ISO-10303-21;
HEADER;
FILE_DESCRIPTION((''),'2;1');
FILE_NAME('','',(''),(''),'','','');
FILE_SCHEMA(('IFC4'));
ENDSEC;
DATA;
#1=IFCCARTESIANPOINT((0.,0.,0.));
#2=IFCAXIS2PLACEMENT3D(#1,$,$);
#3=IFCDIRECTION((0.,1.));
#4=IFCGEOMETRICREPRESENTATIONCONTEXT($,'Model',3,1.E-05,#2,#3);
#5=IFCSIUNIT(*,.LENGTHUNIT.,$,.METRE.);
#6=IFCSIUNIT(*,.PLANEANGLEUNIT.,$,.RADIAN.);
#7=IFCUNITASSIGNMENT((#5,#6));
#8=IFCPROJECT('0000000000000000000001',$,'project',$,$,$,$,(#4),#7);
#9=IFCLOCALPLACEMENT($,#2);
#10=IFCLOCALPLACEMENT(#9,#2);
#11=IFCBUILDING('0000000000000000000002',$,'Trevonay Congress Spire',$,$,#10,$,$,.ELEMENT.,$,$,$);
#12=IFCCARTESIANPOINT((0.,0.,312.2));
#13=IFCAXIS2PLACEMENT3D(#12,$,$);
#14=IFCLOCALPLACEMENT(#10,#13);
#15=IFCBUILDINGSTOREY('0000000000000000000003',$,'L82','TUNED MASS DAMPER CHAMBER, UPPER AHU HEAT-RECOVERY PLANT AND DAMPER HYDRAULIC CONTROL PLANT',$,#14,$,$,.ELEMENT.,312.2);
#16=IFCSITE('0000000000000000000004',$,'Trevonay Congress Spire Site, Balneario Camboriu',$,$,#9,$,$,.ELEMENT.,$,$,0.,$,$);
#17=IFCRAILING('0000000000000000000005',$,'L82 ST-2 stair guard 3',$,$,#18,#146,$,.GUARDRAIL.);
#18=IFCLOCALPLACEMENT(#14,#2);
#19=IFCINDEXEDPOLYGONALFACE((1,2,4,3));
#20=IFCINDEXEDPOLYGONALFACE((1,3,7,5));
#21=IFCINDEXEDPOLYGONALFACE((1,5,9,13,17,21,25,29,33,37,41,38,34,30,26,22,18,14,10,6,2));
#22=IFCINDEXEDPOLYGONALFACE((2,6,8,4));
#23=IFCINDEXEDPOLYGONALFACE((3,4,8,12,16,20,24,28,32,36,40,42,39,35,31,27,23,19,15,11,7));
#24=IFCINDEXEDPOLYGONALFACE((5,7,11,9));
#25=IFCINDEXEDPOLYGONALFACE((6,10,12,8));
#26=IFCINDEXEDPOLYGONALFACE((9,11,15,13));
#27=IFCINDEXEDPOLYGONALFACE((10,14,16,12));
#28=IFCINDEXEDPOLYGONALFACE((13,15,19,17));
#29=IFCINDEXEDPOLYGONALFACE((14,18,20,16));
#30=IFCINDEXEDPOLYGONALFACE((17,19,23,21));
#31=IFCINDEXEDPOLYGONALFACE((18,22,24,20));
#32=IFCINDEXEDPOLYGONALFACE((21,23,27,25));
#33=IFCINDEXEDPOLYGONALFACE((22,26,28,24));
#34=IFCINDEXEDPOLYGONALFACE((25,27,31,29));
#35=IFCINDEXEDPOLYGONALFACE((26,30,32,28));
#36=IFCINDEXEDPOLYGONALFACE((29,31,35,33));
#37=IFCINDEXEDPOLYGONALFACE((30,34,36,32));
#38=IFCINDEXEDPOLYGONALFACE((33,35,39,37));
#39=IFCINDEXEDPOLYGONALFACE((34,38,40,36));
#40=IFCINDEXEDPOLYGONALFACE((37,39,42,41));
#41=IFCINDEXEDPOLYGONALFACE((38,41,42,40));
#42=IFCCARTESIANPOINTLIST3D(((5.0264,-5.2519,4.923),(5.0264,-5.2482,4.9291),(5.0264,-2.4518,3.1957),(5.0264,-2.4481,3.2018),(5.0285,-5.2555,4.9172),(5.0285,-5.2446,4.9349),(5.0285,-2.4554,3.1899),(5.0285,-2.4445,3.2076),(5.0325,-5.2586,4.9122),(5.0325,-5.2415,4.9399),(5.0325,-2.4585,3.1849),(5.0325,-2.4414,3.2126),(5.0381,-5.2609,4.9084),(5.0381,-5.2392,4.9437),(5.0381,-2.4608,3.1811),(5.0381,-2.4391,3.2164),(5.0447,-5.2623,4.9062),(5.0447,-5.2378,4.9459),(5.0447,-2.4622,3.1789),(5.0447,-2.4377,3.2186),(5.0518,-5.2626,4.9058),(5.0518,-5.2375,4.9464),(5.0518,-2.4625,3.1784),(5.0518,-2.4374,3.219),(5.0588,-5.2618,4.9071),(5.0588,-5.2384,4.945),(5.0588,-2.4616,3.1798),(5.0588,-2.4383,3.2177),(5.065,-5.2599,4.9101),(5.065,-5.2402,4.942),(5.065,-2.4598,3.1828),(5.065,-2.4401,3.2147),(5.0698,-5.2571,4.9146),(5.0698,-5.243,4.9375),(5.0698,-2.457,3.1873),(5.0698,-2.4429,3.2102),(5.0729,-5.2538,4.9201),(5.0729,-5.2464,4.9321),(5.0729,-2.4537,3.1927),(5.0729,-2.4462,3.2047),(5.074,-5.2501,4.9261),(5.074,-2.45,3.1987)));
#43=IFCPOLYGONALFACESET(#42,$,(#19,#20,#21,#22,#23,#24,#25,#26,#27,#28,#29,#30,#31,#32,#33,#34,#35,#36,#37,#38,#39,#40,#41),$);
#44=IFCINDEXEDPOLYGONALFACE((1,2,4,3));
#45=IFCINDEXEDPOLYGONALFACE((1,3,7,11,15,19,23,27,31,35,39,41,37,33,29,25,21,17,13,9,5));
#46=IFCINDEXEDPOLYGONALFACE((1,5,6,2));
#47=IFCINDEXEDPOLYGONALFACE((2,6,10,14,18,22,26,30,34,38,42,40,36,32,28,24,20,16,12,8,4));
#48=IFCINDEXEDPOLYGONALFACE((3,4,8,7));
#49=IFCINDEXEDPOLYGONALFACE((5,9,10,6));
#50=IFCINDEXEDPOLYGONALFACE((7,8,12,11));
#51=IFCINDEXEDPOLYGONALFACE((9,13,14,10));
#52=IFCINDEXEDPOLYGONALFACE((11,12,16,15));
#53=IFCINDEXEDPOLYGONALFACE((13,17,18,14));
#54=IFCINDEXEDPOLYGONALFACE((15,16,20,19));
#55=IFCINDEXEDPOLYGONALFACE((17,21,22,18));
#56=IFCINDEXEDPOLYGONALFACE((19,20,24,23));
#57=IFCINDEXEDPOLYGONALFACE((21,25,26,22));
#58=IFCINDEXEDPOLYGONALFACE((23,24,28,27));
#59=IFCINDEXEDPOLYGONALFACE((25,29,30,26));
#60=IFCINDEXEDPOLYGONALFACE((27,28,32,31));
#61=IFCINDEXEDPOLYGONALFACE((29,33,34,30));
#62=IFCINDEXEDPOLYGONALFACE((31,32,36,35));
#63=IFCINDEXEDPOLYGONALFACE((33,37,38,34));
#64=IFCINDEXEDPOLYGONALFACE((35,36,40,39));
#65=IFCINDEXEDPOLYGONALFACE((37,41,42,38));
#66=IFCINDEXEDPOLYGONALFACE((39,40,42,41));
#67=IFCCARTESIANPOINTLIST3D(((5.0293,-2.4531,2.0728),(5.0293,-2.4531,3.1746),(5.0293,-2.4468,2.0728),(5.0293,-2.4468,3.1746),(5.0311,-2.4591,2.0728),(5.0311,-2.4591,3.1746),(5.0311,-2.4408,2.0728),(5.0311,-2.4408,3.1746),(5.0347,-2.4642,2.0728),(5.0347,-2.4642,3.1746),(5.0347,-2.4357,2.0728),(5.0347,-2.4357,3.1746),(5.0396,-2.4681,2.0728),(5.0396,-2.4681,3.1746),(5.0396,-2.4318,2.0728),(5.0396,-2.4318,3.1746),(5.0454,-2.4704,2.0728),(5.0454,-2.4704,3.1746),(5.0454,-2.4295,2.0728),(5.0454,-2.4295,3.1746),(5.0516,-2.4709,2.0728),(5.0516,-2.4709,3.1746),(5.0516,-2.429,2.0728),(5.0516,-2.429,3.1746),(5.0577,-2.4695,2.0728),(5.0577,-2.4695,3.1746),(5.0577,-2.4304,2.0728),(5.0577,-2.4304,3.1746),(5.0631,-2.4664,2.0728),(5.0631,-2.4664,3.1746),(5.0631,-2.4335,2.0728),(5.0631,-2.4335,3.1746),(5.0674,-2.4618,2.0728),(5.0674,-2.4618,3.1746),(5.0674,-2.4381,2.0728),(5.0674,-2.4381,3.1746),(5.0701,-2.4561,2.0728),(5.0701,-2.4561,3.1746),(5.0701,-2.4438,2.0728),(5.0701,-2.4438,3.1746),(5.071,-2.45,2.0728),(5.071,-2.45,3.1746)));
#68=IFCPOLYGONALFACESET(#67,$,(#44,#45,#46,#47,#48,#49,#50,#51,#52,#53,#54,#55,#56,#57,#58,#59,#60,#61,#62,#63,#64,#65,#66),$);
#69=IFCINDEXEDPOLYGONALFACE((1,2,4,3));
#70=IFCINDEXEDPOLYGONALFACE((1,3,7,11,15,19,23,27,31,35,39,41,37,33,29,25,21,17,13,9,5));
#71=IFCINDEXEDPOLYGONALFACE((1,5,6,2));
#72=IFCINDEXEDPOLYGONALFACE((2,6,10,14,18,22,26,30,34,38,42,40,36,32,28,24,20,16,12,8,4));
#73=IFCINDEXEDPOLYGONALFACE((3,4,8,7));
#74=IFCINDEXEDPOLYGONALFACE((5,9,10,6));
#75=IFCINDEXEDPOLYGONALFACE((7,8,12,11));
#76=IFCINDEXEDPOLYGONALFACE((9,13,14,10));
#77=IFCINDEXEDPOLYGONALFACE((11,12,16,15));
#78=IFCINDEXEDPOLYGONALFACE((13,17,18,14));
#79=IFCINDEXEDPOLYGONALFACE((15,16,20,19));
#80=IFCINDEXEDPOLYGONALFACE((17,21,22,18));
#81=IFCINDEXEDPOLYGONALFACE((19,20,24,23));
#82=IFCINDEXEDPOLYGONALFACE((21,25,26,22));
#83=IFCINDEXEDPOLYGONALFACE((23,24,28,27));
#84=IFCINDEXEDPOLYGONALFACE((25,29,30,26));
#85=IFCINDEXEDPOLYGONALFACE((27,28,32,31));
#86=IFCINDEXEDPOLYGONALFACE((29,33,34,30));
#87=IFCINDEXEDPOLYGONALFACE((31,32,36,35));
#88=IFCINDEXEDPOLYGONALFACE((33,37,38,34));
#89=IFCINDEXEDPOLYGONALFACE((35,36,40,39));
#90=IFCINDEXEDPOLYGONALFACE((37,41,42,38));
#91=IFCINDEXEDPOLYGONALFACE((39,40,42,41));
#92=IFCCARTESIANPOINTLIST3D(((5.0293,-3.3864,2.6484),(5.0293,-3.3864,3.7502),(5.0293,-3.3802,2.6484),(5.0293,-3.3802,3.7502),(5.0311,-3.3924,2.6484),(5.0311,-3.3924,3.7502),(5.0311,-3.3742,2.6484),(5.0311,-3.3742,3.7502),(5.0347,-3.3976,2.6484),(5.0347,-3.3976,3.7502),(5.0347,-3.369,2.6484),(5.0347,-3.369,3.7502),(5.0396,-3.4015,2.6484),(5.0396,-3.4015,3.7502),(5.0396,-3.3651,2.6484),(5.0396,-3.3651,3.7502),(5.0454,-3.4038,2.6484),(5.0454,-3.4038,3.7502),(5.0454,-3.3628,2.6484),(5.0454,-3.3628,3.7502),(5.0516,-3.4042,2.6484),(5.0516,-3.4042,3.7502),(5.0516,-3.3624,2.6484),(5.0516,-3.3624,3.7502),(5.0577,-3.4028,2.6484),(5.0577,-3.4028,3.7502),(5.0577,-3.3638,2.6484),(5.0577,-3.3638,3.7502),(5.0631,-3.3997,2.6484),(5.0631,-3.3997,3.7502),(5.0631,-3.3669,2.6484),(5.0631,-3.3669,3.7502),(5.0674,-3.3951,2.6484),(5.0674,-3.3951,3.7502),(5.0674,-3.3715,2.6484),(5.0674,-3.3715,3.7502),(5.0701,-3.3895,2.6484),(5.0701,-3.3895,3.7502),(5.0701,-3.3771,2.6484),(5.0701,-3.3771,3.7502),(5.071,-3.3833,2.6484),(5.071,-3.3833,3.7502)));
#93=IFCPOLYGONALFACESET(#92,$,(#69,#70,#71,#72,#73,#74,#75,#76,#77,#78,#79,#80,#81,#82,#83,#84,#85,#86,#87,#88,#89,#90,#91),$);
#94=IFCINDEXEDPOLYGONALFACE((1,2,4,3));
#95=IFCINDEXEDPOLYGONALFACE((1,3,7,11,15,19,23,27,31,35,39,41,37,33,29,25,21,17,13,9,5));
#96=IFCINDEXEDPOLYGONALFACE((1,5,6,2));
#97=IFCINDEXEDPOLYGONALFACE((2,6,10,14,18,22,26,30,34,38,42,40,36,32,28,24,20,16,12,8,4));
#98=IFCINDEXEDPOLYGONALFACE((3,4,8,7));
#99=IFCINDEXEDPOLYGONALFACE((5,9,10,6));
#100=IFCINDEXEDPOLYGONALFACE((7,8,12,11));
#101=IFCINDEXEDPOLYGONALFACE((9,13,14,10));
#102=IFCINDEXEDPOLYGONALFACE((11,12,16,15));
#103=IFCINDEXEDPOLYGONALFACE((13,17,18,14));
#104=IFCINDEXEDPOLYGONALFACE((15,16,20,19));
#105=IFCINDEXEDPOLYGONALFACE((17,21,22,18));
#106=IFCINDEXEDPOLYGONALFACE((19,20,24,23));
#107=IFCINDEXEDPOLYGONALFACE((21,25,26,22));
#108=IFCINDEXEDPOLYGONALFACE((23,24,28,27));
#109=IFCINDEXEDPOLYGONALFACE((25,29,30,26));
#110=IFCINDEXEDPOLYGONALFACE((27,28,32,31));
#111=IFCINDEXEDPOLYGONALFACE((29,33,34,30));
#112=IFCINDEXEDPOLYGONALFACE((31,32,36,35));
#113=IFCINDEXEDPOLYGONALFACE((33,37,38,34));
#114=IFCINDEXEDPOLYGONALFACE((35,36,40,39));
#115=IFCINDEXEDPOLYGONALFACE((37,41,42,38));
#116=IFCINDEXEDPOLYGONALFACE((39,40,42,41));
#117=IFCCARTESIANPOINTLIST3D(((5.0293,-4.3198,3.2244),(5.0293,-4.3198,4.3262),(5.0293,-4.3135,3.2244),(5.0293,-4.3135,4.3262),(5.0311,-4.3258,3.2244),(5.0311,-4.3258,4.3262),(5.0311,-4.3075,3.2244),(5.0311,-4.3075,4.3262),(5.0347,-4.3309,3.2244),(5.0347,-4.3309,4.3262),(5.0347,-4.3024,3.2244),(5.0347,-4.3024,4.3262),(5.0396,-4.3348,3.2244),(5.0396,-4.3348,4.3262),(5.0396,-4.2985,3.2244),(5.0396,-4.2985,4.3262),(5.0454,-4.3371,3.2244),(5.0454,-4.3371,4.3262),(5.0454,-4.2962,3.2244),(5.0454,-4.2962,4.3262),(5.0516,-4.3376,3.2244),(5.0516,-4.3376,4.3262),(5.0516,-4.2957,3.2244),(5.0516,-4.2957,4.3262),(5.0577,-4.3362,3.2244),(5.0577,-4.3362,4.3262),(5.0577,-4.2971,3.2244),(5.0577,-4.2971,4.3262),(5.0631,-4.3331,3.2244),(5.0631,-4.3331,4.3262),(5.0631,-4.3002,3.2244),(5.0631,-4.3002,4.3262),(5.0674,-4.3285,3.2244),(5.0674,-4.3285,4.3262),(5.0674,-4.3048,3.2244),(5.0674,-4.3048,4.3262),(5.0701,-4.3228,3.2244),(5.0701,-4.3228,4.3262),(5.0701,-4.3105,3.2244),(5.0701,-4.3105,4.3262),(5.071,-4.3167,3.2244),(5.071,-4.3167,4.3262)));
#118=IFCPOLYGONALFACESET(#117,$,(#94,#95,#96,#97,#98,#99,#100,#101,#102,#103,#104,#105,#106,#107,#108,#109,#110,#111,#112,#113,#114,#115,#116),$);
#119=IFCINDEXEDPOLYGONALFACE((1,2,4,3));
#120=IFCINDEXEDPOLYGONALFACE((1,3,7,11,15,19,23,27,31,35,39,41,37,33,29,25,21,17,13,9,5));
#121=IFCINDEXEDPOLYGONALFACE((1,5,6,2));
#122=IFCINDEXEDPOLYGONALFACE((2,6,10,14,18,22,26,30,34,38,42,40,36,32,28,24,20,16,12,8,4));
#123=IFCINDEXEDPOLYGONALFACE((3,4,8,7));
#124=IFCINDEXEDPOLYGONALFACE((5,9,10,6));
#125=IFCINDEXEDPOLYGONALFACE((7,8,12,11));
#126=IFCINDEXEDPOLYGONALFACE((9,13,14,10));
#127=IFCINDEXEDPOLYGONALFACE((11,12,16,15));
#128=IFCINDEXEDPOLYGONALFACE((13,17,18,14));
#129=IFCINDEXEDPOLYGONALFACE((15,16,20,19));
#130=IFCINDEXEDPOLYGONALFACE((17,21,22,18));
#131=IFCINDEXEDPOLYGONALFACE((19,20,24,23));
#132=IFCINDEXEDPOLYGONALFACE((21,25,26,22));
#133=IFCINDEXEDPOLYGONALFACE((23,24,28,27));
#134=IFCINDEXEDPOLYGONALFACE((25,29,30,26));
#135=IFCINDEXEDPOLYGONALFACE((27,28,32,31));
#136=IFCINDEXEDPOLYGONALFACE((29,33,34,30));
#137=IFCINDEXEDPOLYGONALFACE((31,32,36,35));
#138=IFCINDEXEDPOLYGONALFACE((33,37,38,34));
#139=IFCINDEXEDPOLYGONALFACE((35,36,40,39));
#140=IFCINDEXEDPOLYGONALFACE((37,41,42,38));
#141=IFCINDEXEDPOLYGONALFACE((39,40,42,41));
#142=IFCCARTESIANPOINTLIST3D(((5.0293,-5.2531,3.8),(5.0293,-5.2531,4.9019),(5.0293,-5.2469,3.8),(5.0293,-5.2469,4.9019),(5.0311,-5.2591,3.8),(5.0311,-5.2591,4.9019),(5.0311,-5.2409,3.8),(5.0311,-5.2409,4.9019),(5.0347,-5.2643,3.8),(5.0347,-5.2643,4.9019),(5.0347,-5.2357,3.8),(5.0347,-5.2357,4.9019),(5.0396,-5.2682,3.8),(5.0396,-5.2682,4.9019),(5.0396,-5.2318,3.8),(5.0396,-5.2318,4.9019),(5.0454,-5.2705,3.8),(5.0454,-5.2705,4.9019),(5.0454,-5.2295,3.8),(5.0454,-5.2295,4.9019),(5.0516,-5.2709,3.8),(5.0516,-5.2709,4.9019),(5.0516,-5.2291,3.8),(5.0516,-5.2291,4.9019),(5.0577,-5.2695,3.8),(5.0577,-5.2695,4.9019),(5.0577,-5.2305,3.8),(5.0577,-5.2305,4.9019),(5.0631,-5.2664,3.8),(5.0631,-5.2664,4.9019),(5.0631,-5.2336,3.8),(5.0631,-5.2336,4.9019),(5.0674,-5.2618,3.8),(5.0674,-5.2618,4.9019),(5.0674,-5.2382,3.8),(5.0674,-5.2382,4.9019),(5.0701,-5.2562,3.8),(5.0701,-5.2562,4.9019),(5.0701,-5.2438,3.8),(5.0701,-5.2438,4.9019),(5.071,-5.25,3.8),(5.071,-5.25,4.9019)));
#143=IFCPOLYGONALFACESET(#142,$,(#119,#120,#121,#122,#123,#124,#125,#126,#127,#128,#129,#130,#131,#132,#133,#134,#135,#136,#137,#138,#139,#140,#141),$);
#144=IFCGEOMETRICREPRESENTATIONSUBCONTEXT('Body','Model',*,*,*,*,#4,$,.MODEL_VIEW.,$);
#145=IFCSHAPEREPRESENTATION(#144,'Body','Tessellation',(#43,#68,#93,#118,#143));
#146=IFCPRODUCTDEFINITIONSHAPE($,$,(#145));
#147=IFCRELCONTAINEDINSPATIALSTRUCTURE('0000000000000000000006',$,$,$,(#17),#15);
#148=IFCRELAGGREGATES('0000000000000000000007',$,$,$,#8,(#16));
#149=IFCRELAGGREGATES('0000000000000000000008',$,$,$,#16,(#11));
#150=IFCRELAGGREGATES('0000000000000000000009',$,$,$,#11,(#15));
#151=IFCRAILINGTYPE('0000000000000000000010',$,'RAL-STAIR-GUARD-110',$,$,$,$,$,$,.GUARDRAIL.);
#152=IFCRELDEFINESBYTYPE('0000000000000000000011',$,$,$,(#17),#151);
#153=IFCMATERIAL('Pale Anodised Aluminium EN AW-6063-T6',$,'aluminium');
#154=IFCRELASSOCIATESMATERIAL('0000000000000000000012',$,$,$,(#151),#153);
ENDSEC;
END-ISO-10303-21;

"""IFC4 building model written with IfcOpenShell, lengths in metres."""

from ifc_helpers import new_model, si_unit, direction, frame, origin, origin_2d, place, context, subcontext, project, spatial, circle, extrude, material, type_object, element, save


model = new_model("IFC4")

# Units and contexts
model_context = context("Model", 3, precision=1e-05, world=origin(), true_north=direction((0.0, 1.0)))
body_context = subcontext(model_context, "Body", "Model", "MODEL_VIEW")
ifc_project = project(units=[si_unit("LENGTHUNIT", "METRE"), si_unit("PLANEANGLEUNIT", "RADIAN")], contexts=[model_context])

# Site, building, storey
site_placement = place(None, origin())
site = spatial("IfcSite", under=ifc_project, at=site_placement, Name="Trevonay Congress Spire Site, Balneario Camboriu", CompositionType="ELEMENT", RefElevation=0.0)
building_placement = place(site_placement, origin())
building = spatial("IfcBuilding", under=site, at=building_placement, Name="Trevonay Congress Spire", CompositionType="ELEMENT")
storey_placement = place(building_placement, frame((0.0, 0.0, 312.2)))
storey = spatial("IfcBuildingStorey", under=building, at=storey_placement, Name="L82", Description="TUNED MASS DAMPER CHAMBER, UPPER AHU HEAT-RECOVERY PLANT AND DAMPER HYDRAULIC CONTROL PLANT", CompositionType="ELEMENT", Elevation=312.2)

# Shared definitions
ifc_material_1 = material(Name="Pale Anodised Aluminium EN AW-6063-T6", Category="aluminium")

# Railing
railing_type_1 = type_object("IfcRailingType", Name="RAL-STAIR-GUARD-110", PredefinedType="GUARDRAIL", material=ifc_material_1)
railing_1_placement = place(storey_placement, frame((5.05, -2.45, 2.0728)))
element("IfcRailing", 1, at=railing_1_placement, inside=storey, type_object=railing_type_1, Name="L82 ST-2 stair guard 3", PredefinedType="GUARDRAIL", context=body_context, shape_type="SweptSolid", body=[
    extrude(circle(Radius=0.0239, at=origin_2d()), frame((0.0, 0.0, 1.126), z_axis=(0.0, -0.85109, 0.52502), x_axis=(1.0, 0.0, 0.0)), (0.0, 0.0, 1.0), 3.29),
    extrude(circle(Radius=0.021, at=origin_2d()), origin(), (0.0, 0.0, 1.0), 1.1018),
    extrude(circle(Radius=0.021, at=origin_2d()), frame((0.0, -0.9333, 0.5757)), (0.0, 0.0, 1.0), 1.1018),
    extrude(circle(Radius=0.021, at=origin_2d()), frame((0.0, -1.8667, 1.1516)), (0.0, 0.0, 1.0), 1.1018),
    extrude(circle(Radius=0.021, at=origin_2d()), frame((0.0, -2.8, 1.7273)), (0.0, 0.0, 1.0), 1.1018),
])

save(model, "model.ifc")
